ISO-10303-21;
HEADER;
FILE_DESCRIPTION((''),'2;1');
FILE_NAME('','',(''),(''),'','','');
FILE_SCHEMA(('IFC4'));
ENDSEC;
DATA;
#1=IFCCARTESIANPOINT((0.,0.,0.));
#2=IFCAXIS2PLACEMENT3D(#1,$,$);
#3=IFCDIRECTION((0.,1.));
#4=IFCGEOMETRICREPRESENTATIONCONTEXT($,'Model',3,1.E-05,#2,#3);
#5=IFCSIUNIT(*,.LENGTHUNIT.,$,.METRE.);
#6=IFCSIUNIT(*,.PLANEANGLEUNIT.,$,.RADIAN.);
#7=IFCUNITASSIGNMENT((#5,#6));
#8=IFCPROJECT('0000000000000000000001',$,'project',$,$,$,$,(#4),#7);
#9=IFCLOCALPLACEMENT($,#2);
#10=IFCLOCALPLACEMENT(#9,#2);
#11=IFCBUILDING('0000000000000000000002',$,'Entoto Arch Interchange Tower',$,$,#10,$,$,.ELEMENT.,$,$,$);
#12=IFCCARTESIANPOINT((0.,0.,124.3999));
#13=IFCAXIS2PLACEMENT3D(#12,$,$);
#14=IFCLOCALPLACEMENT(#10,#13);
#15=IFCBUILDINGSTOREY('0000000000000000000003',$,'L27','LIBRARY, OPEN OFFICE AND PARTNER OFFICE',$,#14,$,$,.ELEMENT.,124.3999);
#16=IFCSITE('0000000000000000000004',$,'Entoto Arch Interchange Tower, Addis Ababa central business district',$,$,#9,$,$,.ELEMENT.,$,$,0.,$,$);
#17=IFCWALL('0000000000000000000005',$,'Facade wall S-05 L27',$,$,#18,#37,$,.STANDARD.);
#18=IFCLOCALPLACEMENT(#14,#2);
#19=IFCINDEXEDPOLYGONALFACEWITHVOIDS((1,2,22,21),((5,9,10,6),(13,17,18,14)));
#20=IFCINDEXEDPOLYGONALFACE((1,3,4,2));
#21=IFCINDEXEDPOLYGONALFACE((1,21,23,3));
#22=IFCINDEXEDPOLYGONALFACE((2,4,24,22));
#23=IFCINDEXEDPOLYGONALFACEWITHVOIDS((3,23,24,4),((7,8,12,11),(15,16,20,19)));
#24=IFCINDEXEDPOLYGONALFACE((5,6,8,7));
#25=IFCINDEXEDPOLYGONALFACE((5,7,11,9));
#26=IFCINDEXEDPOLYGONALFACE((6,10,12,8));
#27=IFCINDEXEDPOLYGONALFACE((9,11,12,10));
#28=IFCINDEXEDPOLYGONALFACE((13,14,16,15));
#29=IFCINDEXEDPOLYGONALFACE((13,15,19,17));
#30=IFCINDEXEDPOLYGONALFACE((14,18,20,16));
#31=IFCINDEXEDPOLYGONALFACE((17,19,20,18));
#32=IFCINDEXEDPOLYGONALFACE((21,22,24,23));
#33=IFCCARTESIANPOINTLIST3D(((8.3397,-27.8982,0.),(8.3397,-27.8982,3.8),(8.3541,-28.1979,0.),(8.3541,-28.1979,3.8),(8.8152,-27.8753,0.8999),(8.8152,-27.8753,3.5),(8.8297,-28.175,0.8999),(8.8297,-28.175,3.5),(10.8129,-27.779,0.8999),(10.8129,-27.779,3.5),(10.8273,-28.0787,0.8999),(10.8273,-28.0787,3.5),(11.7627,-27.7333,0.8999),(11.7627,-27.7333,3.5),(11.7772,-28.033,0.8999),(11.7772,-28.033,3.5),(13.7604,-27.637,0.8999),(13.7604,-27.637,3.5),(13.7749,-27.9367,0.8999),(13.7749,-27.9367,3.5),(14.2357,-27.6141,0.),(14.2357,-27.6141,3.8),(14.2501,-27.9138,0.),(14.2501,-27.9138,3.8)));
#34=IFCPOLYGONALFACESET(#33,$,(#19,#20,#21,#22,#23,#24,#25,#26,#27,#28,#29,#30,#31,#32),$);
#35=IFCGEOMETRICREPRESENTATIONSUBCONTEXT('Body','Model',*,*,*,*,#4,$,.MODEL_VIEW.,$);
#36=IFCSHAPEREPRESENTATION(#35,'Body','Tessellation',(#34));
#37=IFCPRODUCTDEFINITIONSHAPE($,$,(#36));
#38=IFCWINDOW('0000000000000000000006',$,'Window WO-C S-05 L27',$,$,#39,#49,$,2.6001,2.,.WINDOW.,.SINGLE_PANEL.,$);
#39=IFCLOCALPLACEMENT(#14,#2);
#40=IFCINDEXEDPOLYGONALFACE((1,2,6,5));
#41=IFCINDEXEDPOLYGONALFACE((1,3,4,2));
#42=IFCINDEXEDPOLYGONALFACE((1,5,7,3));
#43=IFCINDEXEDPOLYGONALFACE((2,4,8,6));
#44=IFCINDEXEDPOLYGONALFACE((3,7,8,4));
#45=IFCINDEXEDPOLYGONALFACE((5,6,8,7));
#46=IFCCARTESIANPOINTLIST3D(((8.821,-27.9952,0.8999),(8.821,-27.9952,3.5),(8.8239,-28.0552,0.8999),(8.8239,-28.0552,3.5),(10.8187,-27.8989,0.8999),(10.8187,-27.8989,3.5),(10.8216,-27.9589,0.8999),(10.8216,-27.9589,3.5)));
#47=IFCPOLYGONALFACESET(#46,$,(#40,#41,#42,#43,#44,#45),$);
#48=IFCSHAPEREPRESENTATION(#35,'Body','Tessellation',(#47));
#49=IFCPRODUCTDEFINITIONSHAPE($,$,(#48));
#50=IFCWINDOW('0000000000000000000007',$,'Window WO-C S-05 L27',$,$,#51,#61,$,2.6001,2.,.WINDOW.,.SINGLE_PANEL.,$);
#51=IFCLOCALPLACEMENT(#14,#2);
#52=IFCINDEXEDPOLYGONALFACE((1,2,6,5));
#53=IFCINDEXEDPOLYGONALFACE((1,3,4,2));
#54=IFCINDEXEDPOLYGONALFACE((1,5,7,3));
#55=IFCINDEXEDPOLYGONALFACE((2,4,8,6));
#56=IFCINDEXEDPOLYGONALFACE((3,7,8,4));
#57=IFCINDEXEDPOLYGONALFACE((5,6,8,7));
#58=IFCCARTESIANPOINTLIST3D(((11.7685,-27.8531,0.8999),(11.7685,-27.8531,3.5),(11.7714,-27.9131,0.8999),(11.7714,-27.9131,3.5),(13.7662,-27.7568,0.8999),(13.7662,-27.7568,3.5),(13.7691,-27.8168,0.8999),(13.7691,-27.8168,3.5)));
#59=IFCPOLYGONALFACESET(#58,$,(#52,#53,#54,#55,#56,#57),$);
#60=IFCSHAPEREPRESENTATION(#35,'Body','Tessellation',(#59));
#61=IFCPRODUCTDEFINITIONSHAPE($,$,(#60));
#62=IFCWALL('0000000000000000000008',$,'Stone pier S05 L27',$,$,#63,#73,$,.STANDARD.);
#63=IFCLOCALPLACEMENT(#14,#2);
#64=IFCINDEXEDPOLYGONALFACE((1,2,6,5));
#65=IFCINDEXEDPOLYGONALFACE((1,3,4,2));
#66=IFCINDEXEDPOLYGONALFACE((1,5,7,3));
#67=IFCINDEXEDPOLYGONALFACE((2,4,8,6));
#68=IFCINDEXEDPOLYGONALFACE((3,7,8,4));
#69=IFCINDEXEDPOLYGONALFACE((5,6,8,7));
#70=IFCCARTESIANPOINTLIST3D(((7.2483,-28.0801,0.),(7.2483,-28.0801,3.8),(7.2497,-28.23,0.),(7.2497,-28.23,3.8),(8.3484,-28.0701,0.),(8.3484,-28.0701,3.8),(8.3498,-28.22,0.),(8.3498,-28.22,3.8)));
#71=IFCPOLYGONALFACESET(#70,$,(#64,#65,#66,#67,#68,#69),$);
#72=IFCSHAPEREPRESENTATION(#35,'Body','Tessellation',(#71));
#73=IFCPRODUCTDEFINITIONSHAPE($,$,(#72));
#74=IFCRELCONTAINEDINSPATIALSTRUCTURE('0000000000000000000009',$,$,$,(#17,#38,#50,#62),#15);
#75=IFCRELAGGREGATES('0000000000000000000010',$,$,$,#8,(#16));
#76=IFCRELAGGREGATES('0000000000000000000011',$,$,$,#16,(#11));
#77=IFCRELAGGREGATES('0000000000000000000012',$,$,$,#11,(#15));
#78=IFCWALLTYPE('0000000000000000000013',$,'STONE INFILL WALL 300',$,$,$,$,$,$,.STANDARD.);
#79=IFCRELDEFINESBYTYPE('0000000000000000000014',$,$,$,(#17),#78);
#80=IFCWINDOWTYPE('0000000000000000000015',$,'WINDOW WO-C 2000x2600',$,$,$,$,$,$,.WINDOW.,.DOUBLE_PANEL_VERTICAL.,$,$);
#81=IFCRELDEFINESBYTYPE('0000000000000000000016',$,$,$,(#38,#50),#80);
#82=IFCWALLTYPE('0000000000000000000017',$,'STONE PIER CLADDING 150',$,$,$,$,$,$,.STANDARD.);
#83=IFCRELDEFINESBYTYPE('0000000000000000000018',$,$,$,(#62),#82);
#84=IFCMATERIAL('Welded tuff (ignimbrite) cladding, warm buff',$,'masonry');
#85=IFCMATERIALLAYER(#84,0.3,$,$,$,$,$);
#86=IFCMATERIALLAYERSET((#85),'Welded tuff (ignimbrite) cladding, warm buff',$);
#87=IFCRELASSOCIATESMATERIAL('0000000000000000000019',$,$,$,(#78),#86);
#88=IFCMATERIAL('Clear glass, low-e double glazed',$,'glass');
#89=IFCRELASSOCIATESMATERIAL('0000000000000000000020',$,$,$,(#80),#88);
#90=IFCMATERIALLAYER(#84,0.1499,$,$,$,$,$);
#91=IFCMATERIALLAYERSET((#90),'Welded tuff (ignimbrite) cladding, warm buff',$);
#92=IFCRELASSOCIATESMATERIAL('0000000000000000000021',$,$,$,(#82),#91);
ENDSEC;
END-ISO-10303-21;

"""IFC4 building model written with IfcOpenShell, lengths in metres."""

from ifc_helpers import new_model, si_unit, direction, frame, frame_2d, origin, place, context, subcontext, project, spatial, rectangle, extrude, material, layer, layer_set, type_object, element, fill, save


model = new_model("IFC4")

# Units and contexts
model_context = context("Model", 3, precision=1e-05, world=origin(), true_north=direction((0.0, 1.0)))
body_context = subcontext(model_context, "Body", "Model", "MODEL_VIEW")
ifc_project = project(units=[si_unit("LENGTHUNIT", "METRE"), si_unit("PLANEANGLEUNIT", "RADIAN")], contexts=[model_context])

# Site, building, storey
site_placement = place(None, origin())
site = spatial("IfcSite", under=ifc_project, at=site_placement, Name="Entoto Arch Interchange Tower, Addis Ababa central business district", CompositionType="ELEMENT", RefElevation=0.0)
building_placement = place(site_placement, origin())
building = spatial("IfcBuilding", under=site, at=building_placement, Name="Entoto Arch Interchange Tower", CompositionType="ELEMENT")
storey_placement = place(building_placement, frame((0.0, 0.0, 124.3999)))
storey = spatial("IfcBuildingStorey", under=building, at=storey_placement, Name="L27", Description="LIBRARY, OPEN OFFICE AND PARTNER OFFICE", CompositionType="ELEMENT", Elevation=124.3999)

# Shared definitions
ifc_material_1 = material(Name="Clear glass, low-e double glazed", Category="glass")

# Wall, openings, windows
ifc_material_2 = material(Name="Welded tuff (ignimbrite) cladding, warm buff", Category="masonry")
ifc_layer_1 = layer(ifc_material_2, 0.3)
ifc_layer_set_1 = layer_set([ifc_layer_1], Name="Welded tuff (ignimbrite) cladding, warm buff")
wall_type_1 = type_object("IfcWallType", Name="STONE INFILL WALL 300", PredefinedType="STANDARD", material=ifc_layer_set_1)
wall_1_placement = place(storey_placement, frame((8.3469, -28.0481, 0.0), z_axis=(0.0, 0.0, 1.0), x_axis=(0.99884, 0.048143, 0.0)))
wall_1 = element("IfcWall", 1, at=wall_1_placement, inside=storey, type_object=wall_type_1, Name="Facade wall S-05 L27", PredefinedType="STANDARD", context=body_context, shape_type="SweptSolid", body=[
    extrude(rectangle(XDim=5.9028, YDim=0.3, at=frame_2d((2.9514, 0.0))), origin(), (0.0, 0.0, 1.0), 3.8),
])
opening_1_placement = place(wall_1_placement, frame((0.4761, 0.0, 0.8999)))
opening_1 = element("IfcOpeningElement", 2, at=opening_1_placement, cuts=wall_1, PredefinedType="OPENING", context=body_context, shape_type="SweptSolid", body=[
    extrude(rectangle(XDim=2.0, YDim=2.6001, at=frame_2d((1.0, 1.3))), frame((0.0, 0.1602, 0.0), z_axis=(0.0, -1.0, 0.0), x_axis=(1.0, 0.0, 0.0)), (0.0, 0.0, 1.0), 0.3201),
])
opening_2_placement = place(wall_1_placement, frame((3.427, 0.0, 0.8999)))
opening_2 = element("IfcOpeningElement", 3, at=opening_2_placement, cuts=wall_1, PredefinedType="OPENING", context=body_context, shape_type="SweptSolid", body=[
    extrude(rectangle(XDim=2.0, YDim=2.6001, at=frame_2d((1.0, 1.3))), frame((0.0, 0.1602, 0.0), z_axis=(0.0, -1.0, 0.0), x_axis=(1.0, 0.0, 0.0)), (0.0, 0.0, 1.0), 0.3201),
])
window_type = type_object("IfcWindowType", Name="WINDOW WO-C 2000x2600", PartitioningType="DOUBLE_PANEL_VERTICAL", PredefinedType="WINDOW", material=ifc_material_1)
window_1_placement = place(opening_1_placement, origin())
window_1 = element("IfcWindow", 4, at=window_1_placement, inside=storey, type_object=window_type, Name="Window WO-C S-05 L27", OverallHeight=2.6001, OverallWidth=2.0, PartitioningType="SINGLE_PANEL", PredefinedType="WINDOW", context=body_context, shape_type="SweptSolid", body=[
    extrude(rectangle(XDim=2.0, YDim=2.6001, at=frame_2d((1.0, 1.3))), frame((0.0, 0.03, 0.0), z_axis=(0.0, -1.0, 0.0), x_axis=(1.0, 0.0, 0.0)), (0.0, 0.0, 1.0), 0.0601),
])
fill(opening_1, window_1)
window_2_placement = place(opening_2_placement, origin())
window_2 = element("IfcWindow", 5, at=window_2_placement, inside=storey, type_object=window_type, Name="Window WO-C S-05 L27", OverallHeight=2.6001, OverallWidth=2.0, PartitioningType="SINGLE_PANEL", PredefinedType="WINDOW", context=body_context, shape_type="SweptSolid", body=[
    extrude(rectangle(XDim=2.0, YDim=2.6001, at=frame_2d((1.0, 1.3))), frame((0.0, 0.03, 0.0), z_axis=(0.0, -1.0, 0.0), x_axis=(1.0, 0.0, 0.0)), (0.0, 0.0, 1.0), 0.0601),
])
fill(opening_2, window_2)

# Wall
ifc_layer_2 = layer(ifc_material_2, 0.1499)
ifc_layer_set_2 = layer_set([ifc_layer_2], Name="Welded tuff (ignimbrite) cladding, warm buff")
wall_type_2 = type_object("IfcWallType", Name="STONE PIER CLADDING 150", PredefinedType="STANDARD", material=ifc_layer_set_2)
wall_2_placement = place(storey_placement, frame((7.249, -28.155, 0.0), z_axis=(0.0, 0.0, 1.0), x_axis=(0.999959, 0.009099, 0.0)))
element("IfcWall", 6, at=wall_2_placement, inside=storey, type_object=wall_type_2, Name="Stone pier S05 L27", PredefinedType="STANDARD", context=body_context, shape_type="SweptSolid", body=[
    extrude(rectangle(XDim=1.1001, YDim=0.1499, at=frame_2d((0.55, 0.0))), origin(), (0.0, 0.0, 1.0), 3.8),
])

save(model, "model.ifc")
